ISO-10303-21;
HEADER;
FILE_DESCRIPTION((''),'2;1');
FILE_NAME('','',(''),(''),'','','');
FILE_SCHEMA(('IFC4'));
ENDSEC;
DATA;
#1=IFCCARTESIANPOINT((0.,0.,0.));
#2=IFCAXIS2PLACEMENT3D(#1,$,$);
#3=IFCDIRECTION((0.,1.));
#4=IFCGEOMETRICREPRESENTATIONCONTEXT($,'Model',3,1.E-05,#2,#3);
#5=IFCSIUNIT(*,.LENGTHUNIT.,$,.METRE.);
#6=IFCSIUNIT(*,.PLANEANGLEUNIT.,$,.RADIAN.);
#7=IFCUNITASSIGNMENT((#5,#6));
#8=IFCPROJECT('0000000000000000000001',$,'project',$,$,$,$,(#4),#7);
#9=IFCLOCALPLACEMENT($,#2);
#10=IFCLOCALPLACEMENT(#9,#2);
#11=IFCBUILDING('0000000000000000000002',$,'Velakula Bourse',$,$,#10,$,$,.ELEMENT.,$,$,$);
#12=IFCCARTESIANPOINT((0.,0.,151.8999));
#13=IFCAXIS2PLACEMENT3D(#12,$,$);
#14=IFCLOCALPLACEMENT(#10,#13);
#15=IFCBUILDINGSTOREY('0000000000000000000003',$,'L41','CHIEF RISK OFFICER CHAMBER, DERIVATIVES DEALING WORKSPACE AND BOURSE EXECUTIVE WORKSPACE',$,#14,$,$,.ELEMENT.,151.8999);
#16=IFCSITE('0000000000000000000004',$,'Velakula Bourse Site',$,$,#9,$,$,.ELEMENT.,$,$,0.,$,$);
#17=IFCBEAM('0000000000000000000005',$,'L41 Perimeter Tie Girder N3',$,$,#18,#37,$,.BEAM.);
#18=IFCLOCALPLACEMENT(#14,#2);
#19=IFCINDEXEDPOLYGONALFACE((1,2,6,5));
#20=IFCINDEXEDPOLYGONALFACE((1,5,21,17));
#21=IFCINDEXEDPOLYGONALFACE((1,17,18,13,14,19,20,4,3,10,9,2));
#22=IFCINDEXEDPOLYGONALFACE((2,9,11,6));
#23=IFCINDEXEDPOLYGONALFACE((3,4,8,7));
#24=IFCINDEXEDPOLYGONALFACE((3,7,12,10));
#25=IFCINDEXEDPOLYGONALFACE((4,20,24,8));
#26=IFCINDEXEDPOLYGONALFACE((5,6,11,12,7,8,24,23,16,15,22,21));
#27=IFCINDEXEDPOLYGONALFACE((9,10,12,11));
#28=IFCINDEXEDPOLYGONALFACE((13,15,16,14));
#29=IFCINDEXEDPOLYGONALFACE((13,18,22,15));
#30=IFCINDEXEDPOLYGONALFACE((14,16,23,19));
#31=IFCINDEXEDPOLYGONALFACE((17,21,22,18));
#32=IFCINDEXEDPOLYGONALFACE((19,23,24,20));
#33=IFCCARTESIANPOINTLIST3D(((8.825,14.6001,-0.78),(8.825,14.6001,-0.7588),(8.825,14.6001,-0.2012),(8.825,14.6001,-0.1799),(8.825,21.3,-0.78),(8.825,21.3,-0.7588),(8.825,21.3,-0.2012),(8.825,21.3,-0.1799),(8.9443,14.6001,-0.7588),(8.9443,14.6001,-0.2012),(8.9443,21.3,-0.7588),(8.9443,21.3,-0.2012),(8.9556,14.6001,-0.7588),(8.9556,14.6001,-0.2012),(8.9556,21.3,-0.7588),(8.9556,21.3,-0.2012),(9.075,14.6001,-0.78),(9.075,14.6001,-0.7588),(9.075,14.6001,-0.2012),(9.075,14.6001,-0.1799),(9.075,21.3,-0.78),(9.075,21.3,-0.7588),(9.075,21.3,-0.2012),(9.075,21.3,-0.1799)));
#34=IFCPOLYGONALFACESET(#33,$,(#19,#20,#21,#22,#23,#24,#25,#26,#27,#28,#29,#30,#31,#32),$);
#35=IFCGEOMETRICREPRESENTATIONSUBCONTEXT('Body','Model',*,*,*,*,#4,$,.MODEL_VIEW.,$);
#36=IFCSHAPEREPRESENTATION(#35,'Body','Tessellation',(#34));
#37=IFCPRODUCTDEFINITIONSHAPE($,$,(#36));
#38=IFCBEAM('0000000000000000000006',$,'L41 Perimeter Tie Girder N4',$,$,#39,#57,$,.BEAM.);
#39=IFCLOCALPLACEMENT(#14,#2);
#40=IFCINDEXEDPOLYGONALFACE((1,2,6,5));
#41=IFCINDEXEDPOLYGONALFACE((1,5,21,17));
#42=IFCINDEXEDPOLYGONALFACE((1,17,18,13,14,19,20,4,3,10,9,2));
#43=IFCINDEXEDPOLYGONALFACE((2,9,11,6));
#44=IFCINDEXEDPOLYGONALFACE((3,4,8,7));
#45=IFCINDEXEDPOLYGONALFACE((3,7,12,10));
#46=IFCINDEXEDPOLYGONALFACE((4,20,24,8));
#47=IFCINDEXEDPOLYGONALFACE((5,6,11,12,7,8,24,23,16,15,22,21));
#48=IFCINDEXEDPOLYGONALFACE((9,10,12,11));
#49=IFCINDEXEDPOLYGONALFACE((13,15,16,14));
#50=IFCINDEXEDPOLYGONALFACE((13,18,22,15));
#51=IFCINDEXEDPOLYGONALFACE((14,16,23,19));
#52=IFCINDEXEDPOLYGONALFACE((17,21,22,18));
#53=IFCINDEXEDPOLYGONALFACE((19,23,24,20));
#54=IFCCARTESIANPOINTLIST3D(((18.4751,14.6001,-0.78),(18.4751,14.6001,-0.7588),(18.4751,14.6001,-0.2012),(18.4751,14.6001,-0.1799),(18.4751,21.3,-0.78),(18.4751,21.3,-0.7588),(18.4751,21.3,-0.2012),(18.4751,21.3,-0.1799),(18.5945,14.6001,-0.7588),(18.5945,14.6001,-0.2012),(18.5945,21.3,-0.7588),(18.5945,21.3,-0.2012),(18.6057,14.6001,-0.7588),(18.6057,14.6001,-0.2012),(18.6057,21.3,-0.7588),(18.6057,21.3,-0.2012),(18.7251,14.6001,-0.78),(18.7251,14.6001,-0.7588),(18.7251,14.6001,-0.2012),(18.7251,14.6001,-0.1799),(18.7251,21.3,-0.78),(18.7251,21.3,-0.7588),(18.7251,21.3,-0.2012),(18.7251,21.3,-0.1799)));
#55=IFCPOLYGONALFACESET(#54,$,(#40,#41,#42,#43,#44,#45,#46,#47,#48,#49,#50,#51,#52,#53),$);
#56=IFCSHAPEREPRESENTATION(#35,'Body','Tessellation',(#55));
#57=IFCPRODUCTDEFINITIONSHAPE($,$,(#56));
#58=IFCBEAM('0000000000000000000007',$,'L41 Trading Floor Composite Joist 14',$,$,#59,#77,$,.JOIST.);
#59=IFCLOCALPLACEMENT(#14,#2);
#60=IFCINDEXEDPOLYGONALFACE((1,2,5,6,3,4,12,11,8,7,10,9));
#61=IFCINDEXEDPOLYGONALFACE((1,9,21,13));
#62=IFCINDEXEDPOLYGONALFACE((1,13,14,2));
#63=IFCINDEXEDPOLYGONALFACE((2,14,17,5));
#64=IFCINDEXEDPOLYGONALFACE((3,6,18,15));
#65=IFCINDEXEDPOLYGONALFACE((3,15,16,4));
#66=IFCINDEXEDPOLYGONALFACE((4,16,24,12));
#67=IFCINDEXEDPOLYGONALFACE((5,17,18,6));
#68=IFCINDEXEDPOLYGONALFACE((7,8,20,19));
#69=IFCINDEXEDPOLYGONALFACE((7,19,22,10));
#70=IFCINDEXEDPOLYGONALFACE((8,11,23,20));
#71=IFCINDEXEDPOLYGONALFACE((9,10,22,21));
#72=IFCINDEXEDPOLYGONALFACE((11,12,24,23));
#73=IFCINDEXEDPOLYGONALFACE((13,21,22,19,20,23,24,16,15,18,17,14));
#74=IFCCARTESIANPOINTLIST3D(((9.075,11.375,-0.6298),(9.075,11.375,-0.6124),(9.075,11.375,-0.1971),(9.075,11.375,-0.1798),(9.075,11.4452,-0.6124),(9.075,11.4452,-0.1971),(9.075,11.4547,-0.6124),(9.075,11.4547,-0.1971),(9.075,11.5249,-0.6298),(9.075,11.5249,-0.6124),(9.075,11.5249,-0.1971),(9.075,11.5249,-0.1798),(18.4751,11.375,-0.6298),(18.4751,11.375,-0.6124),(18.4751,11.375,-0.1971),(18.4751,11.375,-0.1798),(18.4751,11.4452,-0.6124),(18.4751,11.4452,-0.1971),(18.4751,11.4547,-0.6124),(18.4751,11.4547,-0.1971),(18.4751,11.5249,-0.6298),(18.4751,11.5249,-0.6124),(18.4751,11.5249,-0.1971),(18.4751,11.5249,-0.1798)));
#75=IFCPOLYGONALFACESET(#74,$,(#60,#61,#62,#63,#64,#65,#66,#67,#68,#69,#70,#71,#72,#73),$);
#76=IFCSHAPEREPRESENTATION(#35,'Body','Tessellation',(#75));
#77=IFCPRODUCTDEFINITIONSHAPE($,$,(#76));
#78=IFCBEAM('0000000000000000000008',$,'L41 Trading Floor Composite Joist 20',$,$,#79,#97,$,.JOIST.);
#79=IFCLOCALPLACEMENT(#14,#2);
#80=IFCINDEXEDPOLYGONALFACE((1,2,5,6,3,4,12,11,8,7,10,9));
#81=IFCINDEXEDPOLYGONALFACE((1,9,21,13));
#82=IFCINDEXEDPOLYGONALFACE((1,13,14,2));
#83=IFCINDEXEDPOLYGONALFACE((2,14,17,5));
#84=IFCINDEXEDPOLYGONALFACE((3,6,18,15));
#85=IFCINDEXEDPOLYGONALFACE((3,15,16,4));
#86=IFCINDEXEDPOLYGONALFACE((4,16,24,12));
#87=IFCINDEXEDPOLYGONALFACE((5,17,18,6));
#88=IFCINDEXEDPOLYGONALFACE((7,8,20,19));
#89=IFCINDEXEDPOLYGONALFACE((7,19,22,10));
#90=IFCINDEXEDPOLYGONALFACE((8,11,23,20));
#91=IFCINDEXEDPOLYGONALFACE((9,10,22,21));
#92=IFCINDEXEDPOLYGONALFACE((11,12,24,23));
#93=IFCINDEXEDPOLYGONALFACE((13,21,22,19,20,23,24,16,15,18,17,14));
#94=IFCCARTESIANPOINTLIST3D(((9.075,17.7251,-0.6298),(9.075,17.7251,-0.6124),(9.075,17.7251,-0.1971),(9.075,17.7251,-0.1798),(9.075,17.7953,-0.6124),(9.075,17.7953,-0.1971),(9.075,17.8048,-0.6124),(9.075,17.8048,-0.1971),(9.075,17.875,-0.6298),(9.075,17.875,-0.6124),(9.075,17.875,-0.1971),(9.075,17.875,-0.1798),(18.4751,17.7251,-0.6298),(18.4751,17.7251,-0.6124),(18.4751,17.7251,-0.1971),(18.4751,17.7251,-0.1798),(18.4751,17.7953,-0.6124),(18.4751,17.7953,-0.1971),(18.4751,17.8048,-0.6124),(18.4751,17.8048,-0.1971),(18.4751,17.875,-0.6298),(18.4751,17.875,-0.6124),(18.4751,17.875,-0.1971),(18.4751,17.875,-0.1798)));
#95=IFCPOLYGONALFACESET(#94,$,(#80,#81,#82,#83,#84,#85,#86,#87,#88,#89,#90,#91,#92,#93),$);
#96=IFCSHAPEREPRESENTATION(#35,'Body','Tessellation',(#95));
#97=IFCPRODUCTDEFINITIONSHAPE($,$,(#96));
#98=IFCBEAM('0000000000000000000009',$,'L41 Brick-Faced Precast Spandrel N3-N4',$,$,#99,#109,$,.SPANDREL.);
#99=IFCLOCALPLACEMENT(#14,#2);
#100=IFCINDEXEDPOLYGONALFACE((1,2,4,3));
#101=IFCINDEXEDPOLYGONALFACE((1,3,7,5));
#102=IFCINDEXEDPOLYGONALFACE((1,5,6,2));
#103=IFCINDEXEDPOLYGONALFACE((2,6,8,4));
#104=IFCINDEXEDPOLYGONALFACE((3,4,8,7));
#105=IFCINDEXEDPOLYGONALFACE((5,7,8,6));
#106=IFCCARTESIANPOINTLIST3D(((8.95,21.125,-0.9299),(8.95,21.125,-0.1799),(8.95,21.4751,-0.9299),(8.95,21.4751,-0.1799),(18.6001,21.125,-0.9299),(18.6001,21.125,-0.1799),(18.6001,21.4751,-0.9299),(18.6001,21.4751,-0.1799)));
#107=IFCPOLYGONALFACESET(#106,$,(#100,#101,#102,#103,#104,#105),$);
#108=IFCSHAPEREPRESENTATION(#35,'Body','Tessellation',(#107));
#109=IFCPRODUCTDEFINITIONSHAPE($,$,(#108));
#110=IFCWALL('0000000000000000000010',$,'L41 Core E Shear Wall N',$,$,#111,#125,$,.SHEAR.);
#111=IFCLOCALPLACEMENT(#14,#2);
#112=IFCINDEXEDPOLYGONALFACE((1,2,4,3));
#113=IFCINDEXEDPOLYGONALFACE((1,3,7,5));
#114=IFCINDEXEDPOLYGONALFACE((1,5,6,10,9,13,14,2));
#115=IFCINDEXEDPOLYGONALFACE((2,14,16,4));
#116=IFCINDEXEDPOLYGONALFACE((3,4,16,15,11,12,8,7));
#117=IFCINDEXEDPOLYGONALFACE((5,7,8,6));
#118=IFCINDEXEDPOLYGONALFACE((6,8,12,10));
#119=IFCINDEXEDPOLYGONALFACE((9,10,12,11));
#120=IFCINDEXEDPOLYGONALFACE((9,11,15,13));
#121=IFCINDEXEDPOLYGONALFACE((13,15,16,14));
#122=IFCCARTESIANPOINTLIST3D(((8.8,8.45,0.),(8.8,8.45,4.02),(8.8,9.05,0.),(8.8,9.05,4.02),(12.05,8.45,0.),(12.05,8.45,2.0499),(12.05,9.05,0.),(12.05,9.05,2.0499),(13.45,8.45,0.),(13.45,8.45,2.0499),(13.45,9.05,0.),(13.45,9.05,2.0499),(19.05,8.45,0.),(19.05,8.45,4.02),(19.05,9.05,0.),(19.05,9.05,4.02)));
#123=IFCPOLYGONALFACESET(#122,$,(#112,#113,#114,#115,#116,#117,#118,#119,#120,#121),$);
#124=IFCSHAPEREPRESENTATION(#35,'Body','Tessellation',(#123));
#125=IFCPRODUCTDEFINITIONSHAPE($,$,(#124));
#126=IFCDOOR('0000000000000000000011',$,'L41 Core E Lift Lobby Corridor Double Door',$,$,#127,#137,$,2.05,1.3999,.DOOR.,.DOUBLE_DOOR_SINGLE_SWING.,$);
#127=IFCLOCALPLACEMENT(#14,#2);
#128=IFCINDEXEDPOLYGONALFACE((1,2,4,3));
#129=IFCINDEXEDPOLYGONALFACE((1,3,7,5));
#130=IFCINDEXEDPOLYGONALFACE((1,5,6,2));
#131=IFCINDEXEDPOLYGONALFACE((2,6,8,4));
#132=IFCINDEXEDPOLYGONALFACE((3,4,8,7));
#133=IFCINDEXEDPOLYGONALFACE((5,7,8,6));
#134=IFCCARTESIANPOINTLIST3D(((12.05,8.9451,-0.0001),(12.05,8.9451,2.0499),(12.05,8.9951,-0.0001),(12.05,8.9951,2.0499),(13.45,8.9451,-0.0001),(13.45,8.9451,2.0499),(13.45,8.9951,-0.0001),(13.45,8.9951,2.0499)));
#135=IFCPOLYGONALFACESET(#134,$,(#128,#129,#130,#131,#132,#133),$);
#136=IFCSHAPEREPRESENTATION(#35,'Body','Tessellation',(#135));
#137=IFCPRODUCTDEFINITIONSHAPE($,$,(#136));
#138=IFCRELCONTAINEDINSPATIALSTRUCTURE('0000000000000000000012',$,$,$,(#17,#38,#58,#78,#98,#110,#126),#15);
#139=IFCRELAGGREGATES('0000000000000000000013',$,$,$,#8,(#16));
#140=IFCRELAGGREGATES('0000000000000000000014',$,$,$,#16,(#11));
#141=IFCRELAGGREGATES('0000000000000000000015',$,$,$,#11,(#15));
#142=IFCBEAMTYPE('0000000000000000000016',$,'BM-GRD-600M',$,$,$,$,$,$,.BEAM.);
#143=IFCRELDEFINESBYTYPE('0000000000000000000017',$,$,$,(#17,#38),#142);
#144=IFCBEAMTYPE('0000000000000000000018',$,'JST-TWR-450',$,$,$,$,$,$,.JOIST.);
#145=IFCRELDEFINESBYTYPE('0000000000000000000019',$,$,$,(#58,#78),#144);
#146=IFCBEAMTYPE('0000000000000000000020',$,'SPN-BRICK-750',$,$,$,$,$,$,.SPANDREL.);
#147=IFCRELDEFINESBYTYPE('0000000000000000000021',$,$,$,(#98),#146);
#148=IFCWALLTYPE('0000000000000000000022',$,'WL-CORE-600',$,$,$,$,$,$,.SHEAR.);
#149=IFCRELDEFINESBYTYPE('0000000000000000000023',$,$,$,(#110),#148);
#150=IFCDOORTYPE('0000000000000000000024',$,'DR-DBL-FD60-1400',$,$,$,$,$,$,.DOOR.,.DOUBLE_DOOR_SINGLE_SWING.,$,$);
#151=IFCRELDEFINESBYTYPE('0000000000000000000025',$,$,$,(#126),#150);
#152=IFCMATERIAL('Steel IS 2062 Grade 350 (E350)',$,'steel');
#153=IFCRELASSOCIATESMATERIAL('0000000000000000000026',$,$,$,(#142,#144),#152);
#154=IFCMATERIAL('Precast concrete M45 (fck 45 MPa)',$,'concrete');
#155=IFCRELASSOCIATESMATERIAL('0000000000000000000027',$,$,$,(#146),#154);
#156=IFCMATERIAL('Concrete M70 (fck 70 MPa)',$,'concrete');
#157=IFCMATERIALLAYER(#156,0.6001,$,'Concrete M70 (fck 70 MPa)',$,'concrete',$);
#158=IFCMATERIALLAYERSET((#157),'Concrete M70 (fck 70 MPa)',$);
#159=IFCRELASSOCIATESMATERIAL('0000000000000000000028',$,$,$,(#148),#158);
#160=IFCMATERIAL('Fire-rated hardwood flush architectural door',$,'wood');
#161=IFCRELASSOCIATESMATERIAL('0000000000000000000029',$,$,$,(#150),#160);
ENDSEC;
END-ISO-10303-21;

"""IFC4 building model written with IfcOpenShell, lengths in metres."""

from ifc_helpers import new_model, si_unit, direction, frame, frame_2d, origin, origin_2d, place, context, subcontext, project, spatial, rectangle, i_section, extrude, material, layer, layer_set, material_profile, profile_set, type_object, element, fill, save


model = new_model("IFC4")

# Units and contexts
model_context = context("Model", 3, precision=1e-05, world=origin(), true_north=direction((0.0, 1.0)))
body_context = subcontext(model_context, "Body", "Model", "MODEL_VIEW")
ifc_project = project(units=[si_unit("LENGTHUNIT", "METRE"), si_unit("PLANEANGLEUNIT", "RADIAN")], contexts=[model_context])

# Site, building, storey
site_placement = place(None, origin())
site = spatial("IfcSite", under=ifc_project, at=site_placement, Name="Velakula Bourse Site", CompositionType="ELEMENT", RefElevation=0.0)
building_placement = place(site_placement, origin())
building = spatial("IfcBuilding", under=site, at=building_placement, Name="Velakula Bourse", CompositionType="ELEMENT")
storey_placement = place(building_placement, frame((0.0, 0.0, 151.8999)))
storey = spatial("IfcBuildingStorey", under=building, at=storey_placement, Name="L41", Description="CHIEF RISK OFFICER CHAMBER, DERIVATIVES DEALING WORKSPACE AND BOURSE EXECUTIVE WORKSPACE", CompositionType="ELEMENT", Elevation=151.8999)

# Shared definitions
ifc_material_1 = material(Name="Concrete M70 (fck 70 MPa)", Category="concrete")
ifc_material_2 = material(Name="Steel IS 2062 Grade 350 (E350)", Category="steel")

# Beams
ifc_material_profile_1 = material_profile(ifc_material_2, i_section(OverallWidth=0.25, OverallDepth=0.6001, WebThickness=0.0112, FlangeThickness=0.0212, at=origin_2d()), Name="Steel IS 2062 Grade 350 (E350)")
ifc_profile_set_1 = profile_set([ifc_material_profile_1], Name="Steel IS 2062 Grade 350 (E350)")
beam_type_1 = type_object("IfcBeamType", Name="BM-GRD-600M", PredefinedType="BEAM", material=ifc_profile_set_1)
for number, where, z_axis, x_axis, name in (
    (1, (8.95, 14.6001, -0.48), (0.0, 1.0, 0.0), (-1.0, 0.0, 0.0), "L41 Perimeter Tie Girder N3"),
    (2, (18.6001, 14.6001, -0.48), (0.0, 1.0, 0.0), (-1.0, 0.0, 0.0), "L41 Perimeter Tie Girder N4"),
):
    element("IfcBeam", number, at=place(storey_placement, frame(where, z_axis=z_axis, x_axis=x_axis)), inside=storey, type_object=beam_type_1, Name=name, PredefinedType="BEAM", context=body_context, shape_type="SweptSolid", body=[
        extrude(i_section(OverallWidth=0.25, OverallDepth=0.6001, WebThickness=0.0112, FlangeThickness=0.0212, at=origin_2d()), origin(), (0.0, 0.0, 1.0), 6.7),
    ])
ifc_material_profile_2 = material_profile(ifc_material_2, i_section(OverallWidth=0.1499, OverallDepth=0.45, WebThickness=0.0095, FlangeThickness=0.0173, at=origin_2d()), Name="Steel IS 2062 Grade 350 (E350)")
ifc_profile_set_2 = profile_set([ifc_material_profile_2], Name="Steel IS 2062 Grade 350 (E350)")
beam_type_2 = type_object("IfcBeamType", Name="JST-TWR-450", PredefinedType="JOIST", material=ifc_profile_set_2)
for number, where, z_axis, x_axis, name in (
    (3, (9.075, 11.45, -0.4048), (1.0, 0.0, 0.0), (0.0, 1.0, 0.0), "L41 Trading Floor Composite Joist 14"),
    (4, (9.075, 17.8, -0.4048), (1.0, 0.0, 0.0), (0.0, 1.0, 0.0), "L41 Trading Floor Composite Joist 20"),
):
    element("IfcBeam", number, at=place(storey_placement, frame(where, z_axis=z_axis, x_axis=x_axis)), inside=storey, type_object=beam_type_2, Name=name, PredefinedType="JOIST", context=body_context, shape_type="SweptSolid", body=[
        extrude(i_section(OverallWidth=0.1499, OverallDepth=0.45, WebThickness=0.0095, FlangeThickness=0.0173, at=origin_2d()), origin(), (0.0, 0.0, 1.0), 9.4001),
    ])
ifc_material_3 = material(Name="Precast concrete M45 (fck 45 MPa)", Category="concrete")
ifc_material_profile_3 = material_profile(ifc_material_3, rectangle(XDim=0.3501, YDim=0.75, at=origin_2d()), Name="Precast concrete M45 (fck 45 MPa)")
ifc_profile_set_3 = profile_set([ifc_material_profile_3], Name="Precast concrete M45 (fck 45 MPa)")
beam_type_3 = type_object("IfcBeamType", Name="SPN-BRICK-750", PredefinedType="SPANDREL", material=ifc_profile_set_3)
beam_1_placement = place(storey_placement, frame((8.95, 21.3, -0.5549), z_axis=(1.0, 0.0, 0.0), x_axis=(0.0, 1.0, 0.0)))
element("IfcBeam", 5, at=beam_1_placement, inside=storey, type_object=beam_type_3, Name="L41 Brick-Faced Precast Spandrel N3-N4", PredefinedType="SPANDREL", context=body_context, shape_type="SweptSolid", body=[
    extrude(rectangle(XDim=0.3501, YDim=0.75, at=origin_2d()), origin(), (0.0, 0.0, 1.0), 9.6501),
])

# Wall, opening, door
ifc_layer_1 = layer(ifc_material_1, 0.6001, Name="Concrete M70 (fck 70 MPa)", Category="concrete")
ifc_layer_set_1 = layer_set([ifc_layer_1], Name="Concrete M70 (fck 70 MPa)")
wall_type_1 = type_object("IfcWallType", Name="WL-CORE-600", PredefinedType="SHEAR", material=ifc_layer_set_1)
wall_1_placement = place(storey_placement, frame((8.8, 8.75, 0.0), z_axis=(0.0, 0.0, 1.0), x_axis=(1.0, 0.0, 0.0)))
wall_1 = element("IfcWall", 6, at=wall_1_placement, inside=storey, type_object=wall_type_1, Name="L41 Core E Shear Wall N", PredefinedType="SHEAR", context=body_context, shape_type="SweptSolid", body=[
    extrude(rectangle(XDim=10.25, YDim=0.6001, at=frame_2d((5.125, 0.0))), origin(), (0.0, 0.0, 1.0), 4.02),
])
opening_1_placement = place(wall_1_placement, frame((3.25, 0.0, 0.0)))
opening_1 = element("IfcOpeningElement", 7, at=opening_1_placement, cuts=wall_1, PredefinedType="OPENING", context=body_context, shape_type="SweptSolid", body=[
    extrude(rectangle(XDim=1.3999, YDim=2.05, at=frame_2d((0.7, 1.0249))), frame((0.0, 0.3101, 0.0), z_axis=(0.0, -1.0, 0.0), x_axis=(1.0, 0.0, 0.0)), (0.0, 0.0, 1.0), 0.6201),
])
ifc_material_4 = material(Name="Fire-rated hardwood flush architectural door", Category="wood")
door_type = type_object("IfcDoorType", Name="DR-DBL-FD60-1400", OperationType="DOUBLE_DOOR_SINGLE_SWING", PredefinedType="DOOR", material=ifc_material_4)
door_placement = place(opening_1_placement, origin())
door = element("IfcDoor", 8, at=door_placement, inside=storey, type_object=door_type, Name="L41 Core E Lift Lobby Corridor Double Door", OperationType="DOUBLE_DOOR_SINGLE_SWING", OverallHeight=2.05, OverallWidth=1.3999, PredefinedType="DOOR", context=body_context, shape_type="SweptSolid", body=[
    extrude(rectangle(XDim=1.3999, YDim=2.05, at=frame_2d((0.7, 1.0249))), frame((0.0, 0.2451, 0.0), z_axis=(0.0, -1.0, 0.0), x_axis=(1.0, 0.0, 0.0)), (0.0, 0.0, 1.0), 0.05),
])
fill(opening_1, door)

save(model, "model.ifc")
